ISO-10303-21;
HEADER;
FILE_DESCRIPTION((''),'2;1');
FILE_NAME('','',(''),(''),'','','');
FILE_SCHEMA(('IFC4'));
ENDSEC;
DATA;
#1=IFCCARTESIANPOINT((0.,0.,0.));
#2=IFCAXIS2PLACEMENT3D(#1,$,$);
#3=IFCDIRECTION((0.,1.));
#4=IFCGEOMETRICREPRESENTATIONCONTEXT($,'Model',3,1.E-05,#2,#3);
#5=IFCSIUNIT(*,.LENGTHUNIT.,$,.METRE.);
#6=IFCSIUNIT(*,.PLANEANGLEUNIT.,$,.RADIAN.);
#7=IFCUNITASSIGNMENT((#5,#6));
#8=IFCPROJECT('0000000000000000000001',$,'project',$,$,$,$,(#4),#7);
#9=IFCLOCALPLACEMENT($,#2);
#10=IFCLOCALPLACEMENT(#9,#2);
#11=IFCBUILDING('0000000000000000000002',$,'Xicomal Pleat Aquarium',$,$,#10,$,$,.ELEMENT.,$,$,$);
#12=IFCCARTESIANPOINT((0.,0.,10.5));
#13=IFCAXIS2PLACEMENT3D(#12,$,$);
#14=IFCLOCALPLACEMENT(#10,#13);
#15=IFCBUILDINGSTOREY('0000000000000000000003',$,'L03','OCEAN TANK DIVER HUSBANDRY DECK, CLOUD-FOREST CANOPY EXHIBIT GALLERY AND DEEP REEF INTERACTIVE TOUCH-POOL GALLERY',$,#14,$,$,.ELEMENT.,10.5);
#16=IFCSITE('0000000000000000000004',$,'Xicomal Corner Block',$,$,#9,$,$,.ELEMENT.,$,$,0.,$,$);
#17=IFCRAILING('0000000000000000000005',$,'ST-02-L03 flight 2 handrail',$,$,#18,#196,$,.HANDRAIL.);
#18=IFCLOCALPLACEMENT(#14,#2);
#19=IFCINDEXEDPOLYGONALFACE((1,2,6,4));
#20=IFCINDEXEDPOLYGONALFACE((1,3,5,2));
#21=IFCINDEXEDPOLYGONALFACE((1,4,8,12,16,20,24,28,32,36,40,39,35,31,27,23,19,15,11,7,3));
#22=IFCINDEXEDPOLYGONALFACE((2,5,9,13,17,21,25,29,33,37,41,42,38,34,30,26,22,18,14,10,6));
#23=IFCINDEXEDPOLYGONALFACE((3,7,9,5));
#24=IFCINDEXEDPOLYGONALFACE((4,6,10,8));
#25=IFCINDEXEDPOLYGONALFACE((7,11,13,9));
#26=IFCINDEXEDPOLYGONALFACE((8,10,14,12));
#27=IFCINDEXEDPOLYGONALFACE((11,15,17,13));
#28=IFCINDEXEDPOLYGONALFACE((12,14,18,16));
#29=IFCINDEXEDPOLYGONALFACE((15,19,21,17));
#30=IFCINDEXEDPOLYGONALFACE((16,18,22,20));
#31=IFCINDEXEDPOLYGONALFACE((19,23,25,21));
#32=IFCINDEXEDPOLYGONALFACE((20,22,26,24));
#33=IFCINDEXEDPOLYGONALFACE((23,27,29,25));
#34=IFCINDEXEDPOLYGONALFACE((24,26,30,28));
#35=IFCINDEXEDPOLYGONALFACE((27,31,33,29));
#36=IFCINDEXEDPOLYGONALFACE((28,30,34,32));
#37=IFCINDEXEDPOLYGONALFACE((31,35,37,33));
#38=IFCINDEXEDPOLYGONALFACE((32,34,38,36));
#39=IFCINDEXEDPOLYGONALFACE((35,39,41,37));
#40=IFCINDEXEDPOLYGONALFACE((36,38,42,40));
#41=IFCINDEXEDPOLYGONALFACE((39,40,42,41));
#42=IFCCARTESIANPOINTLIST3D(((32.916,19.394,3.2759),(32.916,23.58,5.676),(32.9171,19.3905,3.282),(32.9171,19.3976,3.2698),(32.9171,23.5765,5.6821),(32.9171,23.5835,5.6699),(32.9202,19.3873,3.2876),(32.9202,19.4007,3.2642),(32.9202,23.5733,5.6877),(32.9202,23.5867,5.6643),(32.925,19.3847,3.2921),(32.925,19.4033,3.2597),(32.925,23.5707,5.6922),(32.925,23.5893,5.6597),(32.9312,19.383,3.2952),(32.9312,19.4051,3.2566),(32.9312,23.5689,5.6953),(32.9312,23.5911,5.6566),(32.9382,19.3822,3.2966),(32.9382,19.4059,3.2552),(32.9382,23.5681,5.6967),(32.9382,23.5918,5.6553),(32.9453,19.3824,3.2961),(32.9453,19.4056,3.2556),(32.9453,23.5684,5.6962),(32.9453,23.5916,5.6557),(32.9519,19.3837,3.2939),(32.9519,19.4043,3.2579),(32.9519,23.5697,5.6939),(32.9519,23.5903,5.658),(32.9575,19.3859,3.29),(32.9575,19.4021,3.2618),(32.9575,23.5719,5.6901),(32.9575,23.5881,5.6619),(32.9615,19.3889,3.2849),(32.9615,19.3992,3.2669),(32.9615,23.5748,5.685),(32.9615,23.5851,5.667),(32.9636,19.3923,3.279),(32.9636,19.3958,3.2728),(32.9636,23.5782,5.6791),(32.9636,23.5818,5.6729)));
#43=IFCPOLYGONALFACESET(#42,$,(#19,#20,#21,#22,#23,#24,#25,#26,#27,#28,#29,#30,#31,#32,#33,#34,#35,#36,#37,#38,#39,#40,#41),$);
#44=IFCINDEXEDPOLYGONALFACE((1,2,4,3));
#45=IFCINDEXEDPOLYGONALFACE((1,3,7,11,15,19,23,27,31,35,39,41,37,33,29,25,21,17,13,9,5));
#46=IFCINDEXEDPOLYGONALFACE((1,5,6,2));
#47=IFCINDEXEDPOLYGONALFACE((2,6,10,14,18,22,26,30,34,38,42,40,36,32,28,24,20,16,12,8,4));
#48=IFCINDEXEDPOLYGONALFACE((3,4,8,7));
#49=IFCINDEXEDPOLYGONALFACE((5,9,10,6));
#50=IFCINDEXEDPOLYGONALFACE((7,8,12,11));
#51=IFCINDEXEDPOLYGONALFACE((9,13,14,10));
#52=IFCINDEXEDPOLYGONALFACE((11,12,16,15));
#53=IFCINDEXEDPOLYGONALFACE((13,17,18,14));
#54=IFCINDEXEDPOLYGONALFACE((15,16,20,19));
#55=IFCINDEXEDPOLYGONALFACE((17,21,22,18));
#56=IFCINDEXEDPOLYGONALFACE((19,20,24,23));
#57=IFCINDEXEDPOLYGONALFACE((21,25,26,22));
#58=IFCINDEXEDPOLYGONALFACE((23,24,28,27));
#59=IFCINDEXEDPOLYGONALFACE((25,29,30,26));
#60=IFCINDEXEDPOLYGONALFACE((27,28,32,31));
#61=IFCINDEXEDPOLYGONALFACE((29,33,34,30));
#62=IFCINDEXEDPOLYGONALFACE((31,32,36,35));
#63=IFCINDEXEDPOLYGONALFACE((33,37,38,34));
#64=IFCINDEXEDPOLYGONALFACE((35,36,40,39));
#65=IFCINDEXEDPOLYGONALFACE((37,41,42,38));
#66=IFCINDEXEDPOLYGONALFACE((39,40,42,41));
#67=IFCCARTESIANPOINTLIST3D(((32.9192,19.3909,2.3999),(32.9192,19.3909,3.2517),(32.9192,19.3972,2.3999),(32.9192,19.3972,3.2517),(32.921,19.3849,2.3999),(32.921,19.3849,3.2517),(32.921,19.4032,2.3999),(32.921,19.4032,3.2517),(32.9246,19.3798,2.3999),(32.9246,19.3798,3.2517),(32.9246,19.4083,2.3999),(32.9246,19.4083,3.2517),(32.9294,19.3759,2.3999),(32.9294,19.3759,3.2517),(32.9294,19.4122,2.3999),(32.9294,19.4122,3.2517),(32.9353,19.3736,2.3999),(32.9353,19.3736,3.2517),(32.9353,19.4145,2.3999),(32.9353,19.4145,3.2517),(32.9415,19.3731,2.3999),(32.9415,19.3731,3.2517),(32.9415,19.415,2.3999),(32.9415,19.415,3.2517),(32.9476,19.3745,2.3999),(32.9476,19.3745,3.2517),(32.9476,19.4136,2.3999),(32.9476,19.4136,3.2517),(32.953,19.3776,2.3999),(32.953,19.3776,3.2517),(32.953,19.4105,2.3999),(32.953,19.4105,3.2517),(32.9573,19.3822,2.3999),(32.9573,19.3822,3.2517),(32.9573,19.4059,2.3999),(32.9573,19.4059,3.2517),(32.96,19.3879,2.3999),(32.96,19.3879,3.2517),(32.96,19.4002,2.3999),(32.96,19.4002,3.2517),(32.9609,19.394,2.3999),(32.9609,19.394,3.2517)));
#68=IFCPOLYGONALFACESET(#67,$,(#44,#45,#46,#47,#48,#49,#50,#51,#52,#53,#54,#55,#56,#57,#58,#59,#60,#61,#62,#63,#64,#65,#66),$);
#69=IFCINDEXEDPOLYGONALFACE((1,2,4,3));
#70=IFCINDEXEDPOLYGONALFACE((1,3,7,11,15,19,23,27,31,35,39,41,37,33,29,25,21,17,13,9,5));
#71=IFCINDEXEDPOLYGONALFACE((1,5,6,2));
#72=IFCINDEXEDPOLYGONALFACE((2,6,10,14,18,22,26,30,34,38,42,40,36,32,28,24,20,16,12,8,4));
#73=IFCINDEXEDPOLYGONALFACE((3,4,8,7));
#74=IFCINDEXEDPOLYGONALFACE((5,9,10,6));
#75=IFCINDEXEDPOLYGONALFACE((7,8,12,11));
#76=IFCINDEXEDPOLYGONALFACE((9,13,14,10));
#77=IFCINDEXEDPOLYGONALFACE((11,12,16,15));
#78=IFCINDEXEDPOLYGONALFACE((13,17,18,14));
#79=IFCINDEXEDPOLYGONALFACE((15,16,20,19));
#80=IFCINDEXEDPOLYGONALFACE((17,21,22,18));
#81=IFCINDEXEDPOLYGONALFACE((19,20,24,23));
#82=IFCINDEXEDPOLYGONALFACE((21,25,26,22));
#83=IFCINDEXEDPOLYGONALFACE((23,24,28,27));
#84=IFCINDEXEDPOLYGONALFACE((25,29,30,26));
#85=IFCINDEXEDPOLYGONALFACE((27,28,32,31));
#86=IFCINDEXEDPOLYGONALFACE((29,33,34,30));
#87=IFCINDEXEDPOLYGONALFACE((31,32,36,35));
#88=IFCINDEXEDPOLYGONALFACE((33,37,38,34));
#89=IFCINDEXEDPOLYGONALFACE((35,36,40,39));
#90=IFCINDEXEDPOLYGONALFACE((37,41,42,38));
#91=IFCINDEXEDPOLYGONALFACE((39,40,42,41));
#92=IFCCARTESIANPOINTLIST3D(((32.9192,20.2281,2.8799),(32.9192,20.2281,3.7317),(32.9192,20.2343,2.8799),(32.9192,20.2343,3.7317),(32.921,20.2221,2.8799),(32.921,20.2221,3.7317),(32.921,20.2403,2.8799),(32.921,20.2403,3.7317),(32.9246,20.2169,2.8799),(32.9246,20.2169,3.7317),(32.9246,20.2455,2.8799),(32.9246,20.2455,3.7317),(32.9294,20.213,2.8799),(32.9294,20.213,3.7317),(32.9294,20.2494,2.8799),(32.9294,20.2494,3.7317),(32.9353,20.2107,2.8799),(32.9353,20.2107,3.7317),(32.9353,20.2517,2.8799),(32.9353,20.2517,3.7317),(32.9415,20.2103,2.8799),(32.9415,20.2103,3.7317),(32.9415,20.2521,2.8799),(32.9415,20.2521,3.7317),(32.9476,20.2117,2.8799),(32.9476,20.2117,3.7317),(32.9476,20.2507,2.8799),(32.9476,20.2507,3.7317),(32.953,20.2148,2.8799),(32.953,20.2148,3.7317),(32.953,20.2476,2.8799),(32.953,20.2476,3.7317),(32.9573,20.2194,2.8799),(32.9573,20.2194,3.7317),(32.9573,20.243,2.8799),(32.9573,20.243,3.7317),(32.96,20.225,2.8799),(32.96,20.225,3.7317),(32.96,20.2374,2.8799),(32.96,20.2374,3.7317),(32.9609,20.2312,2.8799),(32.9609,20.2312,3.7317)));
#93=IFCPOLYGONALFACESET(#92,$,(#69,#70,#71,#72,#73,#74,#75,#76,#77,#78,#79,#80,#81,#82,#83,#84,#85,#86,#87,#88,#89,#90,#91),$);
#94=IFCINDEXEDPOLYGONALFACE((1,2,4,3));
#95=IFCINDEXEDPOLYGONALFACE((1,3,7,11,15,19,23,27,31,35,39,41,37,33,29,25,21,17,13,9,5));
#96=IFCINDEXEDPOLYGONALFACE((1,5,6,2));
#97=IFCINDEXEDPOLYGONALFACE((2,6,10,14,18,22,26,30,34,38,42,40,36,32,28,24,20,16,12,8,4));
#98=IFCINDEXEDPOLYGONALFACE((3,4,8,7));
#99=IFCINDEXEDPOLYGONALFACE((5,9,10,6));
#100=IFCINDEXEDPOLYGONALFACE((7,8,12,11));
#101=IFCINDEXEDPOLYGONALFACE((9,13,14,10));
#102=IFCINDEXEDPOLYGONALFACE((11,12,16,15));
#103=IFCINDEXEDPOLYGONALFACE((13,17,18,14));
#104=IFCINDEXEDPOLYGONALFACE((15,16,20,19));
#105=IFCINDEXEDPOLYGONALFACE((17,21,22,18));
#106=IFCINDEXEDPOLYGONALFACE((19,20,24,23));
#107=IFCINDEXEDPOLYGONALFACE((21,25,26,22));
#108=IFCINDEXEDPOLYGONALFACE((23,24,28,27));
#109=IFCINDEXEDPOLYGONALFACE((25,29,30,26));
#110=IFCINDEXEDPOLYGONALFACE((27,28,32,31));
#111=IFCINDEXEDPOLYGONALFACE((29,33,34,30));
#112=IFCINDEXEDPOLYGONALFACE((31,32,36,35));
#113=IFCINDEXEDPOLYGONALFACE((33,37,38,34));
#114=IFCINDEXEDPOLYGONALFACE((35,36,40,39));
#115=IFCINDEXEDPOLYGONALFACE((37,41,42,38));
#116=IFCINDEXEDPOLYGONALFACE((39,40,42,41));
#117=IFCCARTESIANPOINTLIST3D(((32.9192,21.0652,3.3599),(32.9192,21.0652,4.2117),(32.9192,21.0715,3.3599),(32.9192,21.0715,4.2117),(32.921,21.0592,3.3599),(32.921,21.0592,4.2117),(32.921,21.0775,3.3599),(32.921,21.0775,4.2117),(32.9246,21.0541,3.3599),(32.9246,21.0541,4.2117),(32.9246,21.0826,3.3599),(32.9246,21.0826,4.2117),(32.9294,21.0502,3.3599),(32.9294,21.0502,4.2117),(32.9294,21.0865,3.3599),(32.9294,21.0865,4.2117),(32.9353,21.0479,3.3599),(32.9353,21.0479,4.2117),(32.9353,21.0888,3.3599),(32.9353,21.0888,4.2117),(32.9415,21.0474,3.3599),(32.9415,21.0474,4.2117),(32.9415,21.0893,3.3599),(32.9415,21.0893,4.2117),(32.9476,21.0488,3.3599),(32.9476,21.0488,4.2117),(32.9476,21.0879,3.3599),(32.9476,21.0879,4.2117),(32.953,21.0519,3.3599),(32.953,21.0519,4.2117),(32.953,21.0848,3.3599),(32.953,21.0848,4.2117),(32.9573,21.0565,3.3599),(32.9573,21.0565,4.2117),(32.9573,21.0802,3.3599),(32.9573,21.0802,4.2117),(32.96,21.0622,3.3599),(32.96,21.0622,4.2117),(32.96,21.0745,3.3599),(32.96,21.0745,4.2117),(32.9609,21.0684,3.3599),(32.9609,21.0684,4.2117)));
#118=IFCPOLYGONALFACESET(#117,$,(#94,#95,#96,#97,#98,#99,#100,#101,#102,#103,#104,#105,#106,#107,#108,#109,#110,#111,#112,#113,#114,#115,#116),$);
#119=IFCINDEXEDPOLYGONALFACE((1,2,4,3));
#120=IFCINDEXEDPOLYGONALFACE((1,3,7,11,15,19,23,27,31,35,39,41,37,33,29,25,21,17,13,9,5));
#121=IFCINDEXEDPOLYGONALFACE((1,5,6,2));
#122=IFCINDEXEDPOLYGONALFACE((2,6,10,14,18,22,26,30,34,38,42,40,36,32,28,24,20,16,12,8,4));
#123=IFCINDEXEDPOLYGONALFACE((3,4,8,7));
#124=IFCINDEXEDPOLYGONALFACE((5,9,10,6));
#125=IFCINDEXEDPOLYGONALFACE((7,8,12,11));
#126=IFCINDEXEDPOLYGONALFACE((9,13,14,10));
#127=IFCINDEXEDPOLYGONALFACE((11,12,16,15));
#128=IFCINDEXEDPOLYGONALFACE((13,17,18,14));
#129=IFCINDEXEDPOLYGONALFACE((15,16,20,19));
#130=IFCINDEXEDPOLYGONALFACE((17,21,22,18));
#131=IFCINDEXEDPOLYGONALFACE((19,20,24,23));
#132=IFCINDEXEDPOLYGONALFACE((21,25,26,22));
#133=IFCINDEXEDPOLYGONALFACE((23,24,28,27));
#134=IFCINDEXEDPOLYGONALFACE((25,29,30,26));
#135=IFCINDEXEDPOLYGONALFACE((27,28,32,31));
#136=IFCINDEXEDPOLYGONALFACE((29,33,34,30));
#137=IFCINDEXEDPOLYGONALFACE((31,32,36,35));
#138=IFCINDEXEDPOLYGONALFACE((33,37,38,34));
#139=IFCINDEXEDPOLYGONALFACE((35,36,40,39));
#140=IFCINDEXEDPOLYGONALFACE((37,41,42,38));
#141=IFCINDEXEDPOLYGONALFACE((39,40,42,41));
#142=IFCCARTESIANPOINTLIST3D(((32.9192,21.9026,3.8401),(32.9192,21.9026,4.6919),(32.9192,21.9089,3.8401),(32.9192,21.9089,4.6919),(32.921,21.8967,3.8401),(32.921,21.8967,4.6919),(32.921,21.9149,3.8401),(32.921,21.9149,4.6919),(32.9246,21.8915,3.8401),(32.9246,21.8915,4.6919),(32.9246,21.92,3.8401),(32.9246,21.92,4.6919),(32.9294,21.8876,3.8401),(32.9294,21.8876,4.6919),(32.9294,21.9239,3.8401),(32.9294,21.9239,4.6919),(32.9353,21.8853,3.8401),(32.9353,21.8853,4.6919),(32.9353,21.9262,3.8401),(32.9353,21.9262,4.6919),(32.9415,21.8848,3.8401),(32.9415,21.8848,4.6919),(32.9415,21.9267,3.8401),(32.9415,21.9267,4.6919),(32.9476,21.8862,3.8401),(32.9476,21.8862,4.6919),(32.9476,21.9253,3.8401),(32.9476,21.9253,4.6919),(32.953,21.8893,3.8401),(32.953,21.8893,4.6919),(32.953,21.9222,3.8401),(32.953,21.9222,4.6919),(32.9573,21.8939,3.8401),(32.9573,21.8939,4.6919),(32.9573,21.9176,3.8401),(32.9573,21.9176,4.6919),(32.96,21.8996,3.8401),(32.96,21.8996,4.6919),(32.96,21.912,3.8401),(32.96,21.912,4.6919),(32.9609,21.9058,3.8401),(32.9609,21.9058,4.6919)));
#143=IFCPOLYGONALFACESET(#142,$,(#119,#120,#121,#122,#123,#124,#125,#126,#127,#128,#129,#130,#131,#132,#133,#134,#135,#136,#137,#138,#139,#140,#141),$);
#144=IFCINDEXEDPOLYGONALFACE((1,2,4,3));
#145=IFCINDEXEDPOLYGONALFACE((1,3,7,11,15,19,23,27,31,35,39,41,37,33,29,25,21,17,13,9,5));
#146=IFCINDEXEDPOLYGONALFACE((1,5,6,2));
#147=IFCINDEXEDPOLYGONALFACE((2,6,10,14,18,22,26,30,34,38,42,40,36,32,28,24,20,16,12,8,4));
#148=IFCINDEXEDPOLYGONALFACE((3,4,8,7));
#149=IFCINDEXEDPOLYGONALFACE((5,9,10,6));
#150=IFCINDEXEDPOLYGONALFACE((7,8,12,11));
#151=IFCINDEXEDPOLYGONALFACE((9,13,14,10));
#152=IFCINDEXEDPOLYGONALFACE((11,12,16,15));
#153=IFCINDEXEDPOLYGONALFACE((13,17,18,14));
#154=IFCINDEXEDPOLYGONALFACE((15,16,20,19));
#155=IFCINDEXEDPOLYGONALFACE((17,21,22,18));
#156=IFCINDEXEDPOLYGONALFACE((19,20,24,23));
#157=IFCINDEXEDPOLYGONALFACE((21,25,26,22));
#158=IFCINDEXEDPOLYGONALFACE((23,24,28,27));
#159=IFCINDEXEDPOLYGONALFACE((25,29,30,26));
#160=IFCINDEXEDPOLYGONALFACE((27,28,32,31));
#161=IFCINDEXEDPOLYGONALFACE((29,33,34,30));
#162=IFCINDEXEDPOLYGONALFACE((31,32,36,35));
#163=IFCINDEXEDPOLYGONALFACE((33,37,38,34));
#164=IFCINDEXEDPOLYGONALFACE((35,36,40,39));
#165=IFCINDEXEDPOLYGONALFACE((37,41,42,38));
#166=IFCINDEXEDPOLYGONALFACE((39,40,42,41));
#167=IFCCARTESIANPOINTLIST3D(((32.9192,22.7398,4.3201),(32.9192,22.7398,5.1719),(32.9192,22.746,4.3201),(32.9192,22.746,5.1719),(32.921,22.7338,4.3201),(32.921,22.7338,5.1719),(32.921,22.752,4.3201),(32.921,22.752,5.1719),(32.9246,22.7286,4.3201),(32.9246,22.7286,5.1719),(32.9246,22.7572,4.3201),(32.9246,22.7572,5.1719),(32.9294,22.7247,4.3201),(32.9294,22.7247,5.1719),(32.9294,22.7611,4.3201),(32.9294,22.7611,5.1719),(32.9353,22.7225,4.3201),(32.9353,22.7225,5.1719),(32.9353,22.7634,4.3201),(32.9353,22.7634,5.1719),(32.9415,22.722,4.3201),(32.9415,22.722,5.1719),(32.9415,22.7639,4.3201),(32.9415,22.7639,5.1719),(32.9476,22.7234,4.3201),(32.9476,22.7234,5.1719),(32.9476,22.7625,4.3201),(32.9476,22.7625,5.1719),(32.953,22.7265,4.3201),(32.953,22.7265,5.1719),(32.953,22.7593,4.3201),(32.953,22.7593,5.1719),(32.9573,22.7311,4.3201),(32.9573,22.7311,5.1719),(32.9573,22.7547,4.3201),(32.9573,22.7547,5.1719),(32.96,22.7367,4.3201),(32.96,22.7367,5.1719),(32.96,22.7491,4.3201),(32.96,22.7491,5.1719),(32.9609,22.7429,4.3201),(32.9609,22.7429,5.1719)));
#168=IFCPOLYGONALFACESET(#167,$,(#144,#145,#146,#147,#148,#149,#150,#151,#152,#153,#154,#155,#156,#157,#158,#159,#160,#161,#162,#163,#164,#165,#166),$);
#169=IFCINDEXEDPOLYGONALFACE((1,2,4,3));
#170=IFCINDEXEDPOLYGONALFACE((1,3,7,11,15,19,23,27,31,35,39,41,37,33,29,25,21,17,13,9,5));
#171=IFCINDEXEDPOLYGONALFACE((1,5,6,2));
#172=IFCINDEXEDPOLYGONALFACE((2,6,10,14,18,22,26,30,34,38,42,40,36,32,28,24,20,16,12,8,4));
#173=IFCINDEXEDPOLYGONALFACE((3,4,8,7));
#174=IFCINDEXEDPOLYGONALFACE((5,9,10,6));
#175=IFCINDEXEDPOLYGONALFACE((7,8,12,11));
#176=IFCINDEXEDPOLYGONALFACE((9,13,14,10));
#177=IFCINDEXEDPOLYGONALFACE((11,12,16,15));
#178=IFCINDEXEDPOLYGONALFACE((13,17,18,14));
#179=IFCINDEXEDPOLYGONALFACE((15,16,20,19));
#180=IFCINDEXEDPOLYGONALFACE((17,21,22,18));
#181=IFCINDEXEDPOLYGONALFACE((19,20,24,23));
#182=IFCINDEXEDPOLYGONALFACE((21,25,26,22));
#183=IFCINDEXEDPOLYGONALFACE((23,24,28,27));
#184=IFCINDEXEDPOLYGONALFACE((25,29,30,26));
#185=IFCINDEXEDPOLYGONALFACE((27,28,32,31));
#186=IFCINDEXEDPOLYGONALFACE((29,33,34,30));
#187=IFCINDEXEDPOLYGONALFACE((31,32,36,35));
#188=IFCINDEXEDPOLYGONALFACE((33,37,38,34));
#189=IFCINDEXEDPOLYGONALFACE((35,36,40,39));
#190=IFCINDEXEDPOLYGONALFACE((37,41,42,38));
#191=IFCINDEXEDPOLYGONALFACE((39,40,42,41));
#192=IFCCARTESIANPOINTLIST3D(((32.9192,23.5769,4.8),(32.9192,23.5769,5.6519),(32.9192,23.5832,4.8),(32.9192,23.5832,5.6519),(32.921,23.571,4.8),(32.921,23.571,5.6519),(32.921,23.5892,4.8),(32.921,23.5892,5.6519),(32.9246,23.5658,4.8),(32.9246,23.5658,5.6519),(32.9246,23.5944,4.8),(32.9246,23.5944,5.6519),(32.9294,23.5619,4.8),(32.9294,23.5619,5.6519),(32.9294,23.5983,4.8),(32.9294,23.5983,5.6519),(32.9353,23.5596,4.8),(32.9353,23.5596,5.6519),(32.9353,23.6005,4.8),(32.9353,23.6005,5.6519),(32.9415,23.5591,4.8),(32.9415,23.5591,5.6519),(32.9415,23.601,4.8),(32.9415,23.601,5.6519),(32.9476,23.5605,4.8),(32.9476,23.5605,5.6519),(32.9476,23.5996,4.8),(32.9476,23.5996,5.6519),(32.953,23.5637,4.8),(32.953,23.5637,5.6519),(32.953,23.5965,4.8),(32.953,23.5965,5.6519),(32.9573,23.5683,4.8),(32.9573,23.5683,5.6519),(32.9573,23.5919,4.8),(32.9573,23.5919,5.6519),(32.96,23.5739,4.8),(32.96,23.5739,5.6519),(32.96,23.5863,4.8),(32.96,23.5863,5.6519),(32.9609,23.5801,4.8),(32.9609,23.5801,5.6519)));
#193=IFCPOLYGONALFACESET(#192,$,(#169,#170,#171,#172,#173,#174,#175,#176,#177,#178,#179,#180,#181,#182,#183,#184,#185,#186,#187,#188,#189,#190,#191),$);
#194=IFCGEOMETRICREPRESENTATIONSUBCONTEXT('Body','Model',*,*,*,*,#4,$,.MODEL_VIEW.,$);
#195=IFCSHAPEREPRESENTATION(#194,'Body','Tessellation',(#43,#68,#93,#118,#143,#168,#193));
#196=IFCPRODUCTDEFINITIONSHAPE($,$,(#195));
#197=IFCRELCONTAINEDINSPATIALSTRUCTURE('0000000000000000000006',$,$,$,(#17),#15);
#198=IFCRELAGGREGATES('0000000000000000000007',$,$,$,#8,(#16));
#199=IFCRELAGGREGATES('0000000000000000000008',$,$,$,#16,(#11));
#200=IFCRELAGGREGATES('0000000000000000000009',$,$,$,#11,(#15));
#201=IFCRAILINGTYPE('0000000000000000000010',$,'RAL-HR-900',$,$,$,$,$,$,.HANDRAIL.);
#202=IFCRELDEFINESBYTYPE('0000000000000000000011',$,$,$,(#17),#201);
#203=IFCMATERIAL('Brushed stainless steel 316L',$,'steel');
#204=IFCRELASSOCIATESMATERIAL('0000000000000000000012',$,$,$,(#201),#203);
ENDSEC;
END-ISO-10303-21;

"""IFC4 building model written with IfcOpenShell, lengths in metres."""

from ifc_helpers import new_model, si_unit, direction, frame, origin, origin_2d, place, context, subcontext, project, spatial, circle, extrude, material, type_object, element, save


model = new_model("IFC4")

# Units and contexts
model_context = context("Model", 3, precision=1e-05, world=origin(), true_north=direction((0.0, 1.0)))
body_context = subcontext(model_context, "Body", "Model", "MODEL_VIEW")
ifc_project = project(units=[si_unit("LENGTHUNIT", "METRE"), si_unit("PLANEANGLEUNIT", "RADIAN")], contexts=[model_context])

# Site, building, storey
site_placement = place(None, origin())
site = spatial("IfcSite", under=ifc_project, at=site_placement, Name="Xicomal Corner Block", CompositionType="ELEMENT", RefElevation=0.0)
building_placement = place(site_placement, origin())
building = spatial("IfcBuilding", under=site, at=building_placement, Name="Xicomal Pleat Aquarium", CompositionType="ELEMENT")
storey_placement = place(building_placement, frame((0.0, 0.0, 10.5)))
storey = spatial("IfcBuildingStorey", under=building, at=storey_placement, Name="L03", Description="OCEAN TANK DIVER HUSBANDRY DECK, CLOUD-FOREST CANOPY EXHIBIT GALLERY AND DEEP REEF INTERACTIVE TOUCH-POOL GALLERY", CompositionType="ELEMENT", Elevation=10.5)

# Railing
ifc_material_1 = material(Name="Brushed stainless steel 316L", Category="steel")
railing_type_1 = type_object("IfcRailingType", Name="RAL-HR-900", PredefinedType="HANDRAIL", material=ifc_material_1)
railing_1_placement = place(storey_placement, frame((32.9399, 19.394, 2.3999)))
element("IfcRailing", 1, at=railing_1_placement, inside=storey, type_object=railing_type_1, Name="ST-02-L03 flight 2 handrail", PredefinedType="HANDRAIL", context=body_context, shape_type="SweptSolid", body=[
    extrude(circle(Radius=0.0239, at=origin_2d()), frame((0.0, 0.0, 0.876), z_axis=(0.0, 0.867517, 0.497408), x_axis=(-1.0, 0.0, 0.0)), (0.0, 0.0, 1.0), 4.8252),
    extrude(circle(Radius=0.021, at=origin_2d()), origin(), (0.0, 0.0, 1.0), 0.8518),
    extrude(circle(Radius=0.021, at=origin_2d()), frame((0.0, 0.8372, 0.48)), (0.0, 0.0, 1.0), 0.8518),
    extrude(circle(Radius=0.021, at=origin_2d()), frame((0.0, 1.6743, 0.96)), (0.0, 0.0, 1.0), 0.8518),
    extrude(circle(Radius=0.021, at=origin_2d()), frame((0.0, 2.5117, 1.4402)), (0.0, 0.0, 1.0), 0.8518),
    extrude(circle(Radius=0.021, at=origin_2d()), frame((0.0, 3.3489, 1.9202)), (0.0, 0.0, 1.0), 0.8518),
    extrude(circle(Radius=0.021, at=origin_2d()), frame((0.0, 4.186, 2.4001)), (0.0, 0.0, 1.0), 0.8518),
])

save(model, "model.ifc")
